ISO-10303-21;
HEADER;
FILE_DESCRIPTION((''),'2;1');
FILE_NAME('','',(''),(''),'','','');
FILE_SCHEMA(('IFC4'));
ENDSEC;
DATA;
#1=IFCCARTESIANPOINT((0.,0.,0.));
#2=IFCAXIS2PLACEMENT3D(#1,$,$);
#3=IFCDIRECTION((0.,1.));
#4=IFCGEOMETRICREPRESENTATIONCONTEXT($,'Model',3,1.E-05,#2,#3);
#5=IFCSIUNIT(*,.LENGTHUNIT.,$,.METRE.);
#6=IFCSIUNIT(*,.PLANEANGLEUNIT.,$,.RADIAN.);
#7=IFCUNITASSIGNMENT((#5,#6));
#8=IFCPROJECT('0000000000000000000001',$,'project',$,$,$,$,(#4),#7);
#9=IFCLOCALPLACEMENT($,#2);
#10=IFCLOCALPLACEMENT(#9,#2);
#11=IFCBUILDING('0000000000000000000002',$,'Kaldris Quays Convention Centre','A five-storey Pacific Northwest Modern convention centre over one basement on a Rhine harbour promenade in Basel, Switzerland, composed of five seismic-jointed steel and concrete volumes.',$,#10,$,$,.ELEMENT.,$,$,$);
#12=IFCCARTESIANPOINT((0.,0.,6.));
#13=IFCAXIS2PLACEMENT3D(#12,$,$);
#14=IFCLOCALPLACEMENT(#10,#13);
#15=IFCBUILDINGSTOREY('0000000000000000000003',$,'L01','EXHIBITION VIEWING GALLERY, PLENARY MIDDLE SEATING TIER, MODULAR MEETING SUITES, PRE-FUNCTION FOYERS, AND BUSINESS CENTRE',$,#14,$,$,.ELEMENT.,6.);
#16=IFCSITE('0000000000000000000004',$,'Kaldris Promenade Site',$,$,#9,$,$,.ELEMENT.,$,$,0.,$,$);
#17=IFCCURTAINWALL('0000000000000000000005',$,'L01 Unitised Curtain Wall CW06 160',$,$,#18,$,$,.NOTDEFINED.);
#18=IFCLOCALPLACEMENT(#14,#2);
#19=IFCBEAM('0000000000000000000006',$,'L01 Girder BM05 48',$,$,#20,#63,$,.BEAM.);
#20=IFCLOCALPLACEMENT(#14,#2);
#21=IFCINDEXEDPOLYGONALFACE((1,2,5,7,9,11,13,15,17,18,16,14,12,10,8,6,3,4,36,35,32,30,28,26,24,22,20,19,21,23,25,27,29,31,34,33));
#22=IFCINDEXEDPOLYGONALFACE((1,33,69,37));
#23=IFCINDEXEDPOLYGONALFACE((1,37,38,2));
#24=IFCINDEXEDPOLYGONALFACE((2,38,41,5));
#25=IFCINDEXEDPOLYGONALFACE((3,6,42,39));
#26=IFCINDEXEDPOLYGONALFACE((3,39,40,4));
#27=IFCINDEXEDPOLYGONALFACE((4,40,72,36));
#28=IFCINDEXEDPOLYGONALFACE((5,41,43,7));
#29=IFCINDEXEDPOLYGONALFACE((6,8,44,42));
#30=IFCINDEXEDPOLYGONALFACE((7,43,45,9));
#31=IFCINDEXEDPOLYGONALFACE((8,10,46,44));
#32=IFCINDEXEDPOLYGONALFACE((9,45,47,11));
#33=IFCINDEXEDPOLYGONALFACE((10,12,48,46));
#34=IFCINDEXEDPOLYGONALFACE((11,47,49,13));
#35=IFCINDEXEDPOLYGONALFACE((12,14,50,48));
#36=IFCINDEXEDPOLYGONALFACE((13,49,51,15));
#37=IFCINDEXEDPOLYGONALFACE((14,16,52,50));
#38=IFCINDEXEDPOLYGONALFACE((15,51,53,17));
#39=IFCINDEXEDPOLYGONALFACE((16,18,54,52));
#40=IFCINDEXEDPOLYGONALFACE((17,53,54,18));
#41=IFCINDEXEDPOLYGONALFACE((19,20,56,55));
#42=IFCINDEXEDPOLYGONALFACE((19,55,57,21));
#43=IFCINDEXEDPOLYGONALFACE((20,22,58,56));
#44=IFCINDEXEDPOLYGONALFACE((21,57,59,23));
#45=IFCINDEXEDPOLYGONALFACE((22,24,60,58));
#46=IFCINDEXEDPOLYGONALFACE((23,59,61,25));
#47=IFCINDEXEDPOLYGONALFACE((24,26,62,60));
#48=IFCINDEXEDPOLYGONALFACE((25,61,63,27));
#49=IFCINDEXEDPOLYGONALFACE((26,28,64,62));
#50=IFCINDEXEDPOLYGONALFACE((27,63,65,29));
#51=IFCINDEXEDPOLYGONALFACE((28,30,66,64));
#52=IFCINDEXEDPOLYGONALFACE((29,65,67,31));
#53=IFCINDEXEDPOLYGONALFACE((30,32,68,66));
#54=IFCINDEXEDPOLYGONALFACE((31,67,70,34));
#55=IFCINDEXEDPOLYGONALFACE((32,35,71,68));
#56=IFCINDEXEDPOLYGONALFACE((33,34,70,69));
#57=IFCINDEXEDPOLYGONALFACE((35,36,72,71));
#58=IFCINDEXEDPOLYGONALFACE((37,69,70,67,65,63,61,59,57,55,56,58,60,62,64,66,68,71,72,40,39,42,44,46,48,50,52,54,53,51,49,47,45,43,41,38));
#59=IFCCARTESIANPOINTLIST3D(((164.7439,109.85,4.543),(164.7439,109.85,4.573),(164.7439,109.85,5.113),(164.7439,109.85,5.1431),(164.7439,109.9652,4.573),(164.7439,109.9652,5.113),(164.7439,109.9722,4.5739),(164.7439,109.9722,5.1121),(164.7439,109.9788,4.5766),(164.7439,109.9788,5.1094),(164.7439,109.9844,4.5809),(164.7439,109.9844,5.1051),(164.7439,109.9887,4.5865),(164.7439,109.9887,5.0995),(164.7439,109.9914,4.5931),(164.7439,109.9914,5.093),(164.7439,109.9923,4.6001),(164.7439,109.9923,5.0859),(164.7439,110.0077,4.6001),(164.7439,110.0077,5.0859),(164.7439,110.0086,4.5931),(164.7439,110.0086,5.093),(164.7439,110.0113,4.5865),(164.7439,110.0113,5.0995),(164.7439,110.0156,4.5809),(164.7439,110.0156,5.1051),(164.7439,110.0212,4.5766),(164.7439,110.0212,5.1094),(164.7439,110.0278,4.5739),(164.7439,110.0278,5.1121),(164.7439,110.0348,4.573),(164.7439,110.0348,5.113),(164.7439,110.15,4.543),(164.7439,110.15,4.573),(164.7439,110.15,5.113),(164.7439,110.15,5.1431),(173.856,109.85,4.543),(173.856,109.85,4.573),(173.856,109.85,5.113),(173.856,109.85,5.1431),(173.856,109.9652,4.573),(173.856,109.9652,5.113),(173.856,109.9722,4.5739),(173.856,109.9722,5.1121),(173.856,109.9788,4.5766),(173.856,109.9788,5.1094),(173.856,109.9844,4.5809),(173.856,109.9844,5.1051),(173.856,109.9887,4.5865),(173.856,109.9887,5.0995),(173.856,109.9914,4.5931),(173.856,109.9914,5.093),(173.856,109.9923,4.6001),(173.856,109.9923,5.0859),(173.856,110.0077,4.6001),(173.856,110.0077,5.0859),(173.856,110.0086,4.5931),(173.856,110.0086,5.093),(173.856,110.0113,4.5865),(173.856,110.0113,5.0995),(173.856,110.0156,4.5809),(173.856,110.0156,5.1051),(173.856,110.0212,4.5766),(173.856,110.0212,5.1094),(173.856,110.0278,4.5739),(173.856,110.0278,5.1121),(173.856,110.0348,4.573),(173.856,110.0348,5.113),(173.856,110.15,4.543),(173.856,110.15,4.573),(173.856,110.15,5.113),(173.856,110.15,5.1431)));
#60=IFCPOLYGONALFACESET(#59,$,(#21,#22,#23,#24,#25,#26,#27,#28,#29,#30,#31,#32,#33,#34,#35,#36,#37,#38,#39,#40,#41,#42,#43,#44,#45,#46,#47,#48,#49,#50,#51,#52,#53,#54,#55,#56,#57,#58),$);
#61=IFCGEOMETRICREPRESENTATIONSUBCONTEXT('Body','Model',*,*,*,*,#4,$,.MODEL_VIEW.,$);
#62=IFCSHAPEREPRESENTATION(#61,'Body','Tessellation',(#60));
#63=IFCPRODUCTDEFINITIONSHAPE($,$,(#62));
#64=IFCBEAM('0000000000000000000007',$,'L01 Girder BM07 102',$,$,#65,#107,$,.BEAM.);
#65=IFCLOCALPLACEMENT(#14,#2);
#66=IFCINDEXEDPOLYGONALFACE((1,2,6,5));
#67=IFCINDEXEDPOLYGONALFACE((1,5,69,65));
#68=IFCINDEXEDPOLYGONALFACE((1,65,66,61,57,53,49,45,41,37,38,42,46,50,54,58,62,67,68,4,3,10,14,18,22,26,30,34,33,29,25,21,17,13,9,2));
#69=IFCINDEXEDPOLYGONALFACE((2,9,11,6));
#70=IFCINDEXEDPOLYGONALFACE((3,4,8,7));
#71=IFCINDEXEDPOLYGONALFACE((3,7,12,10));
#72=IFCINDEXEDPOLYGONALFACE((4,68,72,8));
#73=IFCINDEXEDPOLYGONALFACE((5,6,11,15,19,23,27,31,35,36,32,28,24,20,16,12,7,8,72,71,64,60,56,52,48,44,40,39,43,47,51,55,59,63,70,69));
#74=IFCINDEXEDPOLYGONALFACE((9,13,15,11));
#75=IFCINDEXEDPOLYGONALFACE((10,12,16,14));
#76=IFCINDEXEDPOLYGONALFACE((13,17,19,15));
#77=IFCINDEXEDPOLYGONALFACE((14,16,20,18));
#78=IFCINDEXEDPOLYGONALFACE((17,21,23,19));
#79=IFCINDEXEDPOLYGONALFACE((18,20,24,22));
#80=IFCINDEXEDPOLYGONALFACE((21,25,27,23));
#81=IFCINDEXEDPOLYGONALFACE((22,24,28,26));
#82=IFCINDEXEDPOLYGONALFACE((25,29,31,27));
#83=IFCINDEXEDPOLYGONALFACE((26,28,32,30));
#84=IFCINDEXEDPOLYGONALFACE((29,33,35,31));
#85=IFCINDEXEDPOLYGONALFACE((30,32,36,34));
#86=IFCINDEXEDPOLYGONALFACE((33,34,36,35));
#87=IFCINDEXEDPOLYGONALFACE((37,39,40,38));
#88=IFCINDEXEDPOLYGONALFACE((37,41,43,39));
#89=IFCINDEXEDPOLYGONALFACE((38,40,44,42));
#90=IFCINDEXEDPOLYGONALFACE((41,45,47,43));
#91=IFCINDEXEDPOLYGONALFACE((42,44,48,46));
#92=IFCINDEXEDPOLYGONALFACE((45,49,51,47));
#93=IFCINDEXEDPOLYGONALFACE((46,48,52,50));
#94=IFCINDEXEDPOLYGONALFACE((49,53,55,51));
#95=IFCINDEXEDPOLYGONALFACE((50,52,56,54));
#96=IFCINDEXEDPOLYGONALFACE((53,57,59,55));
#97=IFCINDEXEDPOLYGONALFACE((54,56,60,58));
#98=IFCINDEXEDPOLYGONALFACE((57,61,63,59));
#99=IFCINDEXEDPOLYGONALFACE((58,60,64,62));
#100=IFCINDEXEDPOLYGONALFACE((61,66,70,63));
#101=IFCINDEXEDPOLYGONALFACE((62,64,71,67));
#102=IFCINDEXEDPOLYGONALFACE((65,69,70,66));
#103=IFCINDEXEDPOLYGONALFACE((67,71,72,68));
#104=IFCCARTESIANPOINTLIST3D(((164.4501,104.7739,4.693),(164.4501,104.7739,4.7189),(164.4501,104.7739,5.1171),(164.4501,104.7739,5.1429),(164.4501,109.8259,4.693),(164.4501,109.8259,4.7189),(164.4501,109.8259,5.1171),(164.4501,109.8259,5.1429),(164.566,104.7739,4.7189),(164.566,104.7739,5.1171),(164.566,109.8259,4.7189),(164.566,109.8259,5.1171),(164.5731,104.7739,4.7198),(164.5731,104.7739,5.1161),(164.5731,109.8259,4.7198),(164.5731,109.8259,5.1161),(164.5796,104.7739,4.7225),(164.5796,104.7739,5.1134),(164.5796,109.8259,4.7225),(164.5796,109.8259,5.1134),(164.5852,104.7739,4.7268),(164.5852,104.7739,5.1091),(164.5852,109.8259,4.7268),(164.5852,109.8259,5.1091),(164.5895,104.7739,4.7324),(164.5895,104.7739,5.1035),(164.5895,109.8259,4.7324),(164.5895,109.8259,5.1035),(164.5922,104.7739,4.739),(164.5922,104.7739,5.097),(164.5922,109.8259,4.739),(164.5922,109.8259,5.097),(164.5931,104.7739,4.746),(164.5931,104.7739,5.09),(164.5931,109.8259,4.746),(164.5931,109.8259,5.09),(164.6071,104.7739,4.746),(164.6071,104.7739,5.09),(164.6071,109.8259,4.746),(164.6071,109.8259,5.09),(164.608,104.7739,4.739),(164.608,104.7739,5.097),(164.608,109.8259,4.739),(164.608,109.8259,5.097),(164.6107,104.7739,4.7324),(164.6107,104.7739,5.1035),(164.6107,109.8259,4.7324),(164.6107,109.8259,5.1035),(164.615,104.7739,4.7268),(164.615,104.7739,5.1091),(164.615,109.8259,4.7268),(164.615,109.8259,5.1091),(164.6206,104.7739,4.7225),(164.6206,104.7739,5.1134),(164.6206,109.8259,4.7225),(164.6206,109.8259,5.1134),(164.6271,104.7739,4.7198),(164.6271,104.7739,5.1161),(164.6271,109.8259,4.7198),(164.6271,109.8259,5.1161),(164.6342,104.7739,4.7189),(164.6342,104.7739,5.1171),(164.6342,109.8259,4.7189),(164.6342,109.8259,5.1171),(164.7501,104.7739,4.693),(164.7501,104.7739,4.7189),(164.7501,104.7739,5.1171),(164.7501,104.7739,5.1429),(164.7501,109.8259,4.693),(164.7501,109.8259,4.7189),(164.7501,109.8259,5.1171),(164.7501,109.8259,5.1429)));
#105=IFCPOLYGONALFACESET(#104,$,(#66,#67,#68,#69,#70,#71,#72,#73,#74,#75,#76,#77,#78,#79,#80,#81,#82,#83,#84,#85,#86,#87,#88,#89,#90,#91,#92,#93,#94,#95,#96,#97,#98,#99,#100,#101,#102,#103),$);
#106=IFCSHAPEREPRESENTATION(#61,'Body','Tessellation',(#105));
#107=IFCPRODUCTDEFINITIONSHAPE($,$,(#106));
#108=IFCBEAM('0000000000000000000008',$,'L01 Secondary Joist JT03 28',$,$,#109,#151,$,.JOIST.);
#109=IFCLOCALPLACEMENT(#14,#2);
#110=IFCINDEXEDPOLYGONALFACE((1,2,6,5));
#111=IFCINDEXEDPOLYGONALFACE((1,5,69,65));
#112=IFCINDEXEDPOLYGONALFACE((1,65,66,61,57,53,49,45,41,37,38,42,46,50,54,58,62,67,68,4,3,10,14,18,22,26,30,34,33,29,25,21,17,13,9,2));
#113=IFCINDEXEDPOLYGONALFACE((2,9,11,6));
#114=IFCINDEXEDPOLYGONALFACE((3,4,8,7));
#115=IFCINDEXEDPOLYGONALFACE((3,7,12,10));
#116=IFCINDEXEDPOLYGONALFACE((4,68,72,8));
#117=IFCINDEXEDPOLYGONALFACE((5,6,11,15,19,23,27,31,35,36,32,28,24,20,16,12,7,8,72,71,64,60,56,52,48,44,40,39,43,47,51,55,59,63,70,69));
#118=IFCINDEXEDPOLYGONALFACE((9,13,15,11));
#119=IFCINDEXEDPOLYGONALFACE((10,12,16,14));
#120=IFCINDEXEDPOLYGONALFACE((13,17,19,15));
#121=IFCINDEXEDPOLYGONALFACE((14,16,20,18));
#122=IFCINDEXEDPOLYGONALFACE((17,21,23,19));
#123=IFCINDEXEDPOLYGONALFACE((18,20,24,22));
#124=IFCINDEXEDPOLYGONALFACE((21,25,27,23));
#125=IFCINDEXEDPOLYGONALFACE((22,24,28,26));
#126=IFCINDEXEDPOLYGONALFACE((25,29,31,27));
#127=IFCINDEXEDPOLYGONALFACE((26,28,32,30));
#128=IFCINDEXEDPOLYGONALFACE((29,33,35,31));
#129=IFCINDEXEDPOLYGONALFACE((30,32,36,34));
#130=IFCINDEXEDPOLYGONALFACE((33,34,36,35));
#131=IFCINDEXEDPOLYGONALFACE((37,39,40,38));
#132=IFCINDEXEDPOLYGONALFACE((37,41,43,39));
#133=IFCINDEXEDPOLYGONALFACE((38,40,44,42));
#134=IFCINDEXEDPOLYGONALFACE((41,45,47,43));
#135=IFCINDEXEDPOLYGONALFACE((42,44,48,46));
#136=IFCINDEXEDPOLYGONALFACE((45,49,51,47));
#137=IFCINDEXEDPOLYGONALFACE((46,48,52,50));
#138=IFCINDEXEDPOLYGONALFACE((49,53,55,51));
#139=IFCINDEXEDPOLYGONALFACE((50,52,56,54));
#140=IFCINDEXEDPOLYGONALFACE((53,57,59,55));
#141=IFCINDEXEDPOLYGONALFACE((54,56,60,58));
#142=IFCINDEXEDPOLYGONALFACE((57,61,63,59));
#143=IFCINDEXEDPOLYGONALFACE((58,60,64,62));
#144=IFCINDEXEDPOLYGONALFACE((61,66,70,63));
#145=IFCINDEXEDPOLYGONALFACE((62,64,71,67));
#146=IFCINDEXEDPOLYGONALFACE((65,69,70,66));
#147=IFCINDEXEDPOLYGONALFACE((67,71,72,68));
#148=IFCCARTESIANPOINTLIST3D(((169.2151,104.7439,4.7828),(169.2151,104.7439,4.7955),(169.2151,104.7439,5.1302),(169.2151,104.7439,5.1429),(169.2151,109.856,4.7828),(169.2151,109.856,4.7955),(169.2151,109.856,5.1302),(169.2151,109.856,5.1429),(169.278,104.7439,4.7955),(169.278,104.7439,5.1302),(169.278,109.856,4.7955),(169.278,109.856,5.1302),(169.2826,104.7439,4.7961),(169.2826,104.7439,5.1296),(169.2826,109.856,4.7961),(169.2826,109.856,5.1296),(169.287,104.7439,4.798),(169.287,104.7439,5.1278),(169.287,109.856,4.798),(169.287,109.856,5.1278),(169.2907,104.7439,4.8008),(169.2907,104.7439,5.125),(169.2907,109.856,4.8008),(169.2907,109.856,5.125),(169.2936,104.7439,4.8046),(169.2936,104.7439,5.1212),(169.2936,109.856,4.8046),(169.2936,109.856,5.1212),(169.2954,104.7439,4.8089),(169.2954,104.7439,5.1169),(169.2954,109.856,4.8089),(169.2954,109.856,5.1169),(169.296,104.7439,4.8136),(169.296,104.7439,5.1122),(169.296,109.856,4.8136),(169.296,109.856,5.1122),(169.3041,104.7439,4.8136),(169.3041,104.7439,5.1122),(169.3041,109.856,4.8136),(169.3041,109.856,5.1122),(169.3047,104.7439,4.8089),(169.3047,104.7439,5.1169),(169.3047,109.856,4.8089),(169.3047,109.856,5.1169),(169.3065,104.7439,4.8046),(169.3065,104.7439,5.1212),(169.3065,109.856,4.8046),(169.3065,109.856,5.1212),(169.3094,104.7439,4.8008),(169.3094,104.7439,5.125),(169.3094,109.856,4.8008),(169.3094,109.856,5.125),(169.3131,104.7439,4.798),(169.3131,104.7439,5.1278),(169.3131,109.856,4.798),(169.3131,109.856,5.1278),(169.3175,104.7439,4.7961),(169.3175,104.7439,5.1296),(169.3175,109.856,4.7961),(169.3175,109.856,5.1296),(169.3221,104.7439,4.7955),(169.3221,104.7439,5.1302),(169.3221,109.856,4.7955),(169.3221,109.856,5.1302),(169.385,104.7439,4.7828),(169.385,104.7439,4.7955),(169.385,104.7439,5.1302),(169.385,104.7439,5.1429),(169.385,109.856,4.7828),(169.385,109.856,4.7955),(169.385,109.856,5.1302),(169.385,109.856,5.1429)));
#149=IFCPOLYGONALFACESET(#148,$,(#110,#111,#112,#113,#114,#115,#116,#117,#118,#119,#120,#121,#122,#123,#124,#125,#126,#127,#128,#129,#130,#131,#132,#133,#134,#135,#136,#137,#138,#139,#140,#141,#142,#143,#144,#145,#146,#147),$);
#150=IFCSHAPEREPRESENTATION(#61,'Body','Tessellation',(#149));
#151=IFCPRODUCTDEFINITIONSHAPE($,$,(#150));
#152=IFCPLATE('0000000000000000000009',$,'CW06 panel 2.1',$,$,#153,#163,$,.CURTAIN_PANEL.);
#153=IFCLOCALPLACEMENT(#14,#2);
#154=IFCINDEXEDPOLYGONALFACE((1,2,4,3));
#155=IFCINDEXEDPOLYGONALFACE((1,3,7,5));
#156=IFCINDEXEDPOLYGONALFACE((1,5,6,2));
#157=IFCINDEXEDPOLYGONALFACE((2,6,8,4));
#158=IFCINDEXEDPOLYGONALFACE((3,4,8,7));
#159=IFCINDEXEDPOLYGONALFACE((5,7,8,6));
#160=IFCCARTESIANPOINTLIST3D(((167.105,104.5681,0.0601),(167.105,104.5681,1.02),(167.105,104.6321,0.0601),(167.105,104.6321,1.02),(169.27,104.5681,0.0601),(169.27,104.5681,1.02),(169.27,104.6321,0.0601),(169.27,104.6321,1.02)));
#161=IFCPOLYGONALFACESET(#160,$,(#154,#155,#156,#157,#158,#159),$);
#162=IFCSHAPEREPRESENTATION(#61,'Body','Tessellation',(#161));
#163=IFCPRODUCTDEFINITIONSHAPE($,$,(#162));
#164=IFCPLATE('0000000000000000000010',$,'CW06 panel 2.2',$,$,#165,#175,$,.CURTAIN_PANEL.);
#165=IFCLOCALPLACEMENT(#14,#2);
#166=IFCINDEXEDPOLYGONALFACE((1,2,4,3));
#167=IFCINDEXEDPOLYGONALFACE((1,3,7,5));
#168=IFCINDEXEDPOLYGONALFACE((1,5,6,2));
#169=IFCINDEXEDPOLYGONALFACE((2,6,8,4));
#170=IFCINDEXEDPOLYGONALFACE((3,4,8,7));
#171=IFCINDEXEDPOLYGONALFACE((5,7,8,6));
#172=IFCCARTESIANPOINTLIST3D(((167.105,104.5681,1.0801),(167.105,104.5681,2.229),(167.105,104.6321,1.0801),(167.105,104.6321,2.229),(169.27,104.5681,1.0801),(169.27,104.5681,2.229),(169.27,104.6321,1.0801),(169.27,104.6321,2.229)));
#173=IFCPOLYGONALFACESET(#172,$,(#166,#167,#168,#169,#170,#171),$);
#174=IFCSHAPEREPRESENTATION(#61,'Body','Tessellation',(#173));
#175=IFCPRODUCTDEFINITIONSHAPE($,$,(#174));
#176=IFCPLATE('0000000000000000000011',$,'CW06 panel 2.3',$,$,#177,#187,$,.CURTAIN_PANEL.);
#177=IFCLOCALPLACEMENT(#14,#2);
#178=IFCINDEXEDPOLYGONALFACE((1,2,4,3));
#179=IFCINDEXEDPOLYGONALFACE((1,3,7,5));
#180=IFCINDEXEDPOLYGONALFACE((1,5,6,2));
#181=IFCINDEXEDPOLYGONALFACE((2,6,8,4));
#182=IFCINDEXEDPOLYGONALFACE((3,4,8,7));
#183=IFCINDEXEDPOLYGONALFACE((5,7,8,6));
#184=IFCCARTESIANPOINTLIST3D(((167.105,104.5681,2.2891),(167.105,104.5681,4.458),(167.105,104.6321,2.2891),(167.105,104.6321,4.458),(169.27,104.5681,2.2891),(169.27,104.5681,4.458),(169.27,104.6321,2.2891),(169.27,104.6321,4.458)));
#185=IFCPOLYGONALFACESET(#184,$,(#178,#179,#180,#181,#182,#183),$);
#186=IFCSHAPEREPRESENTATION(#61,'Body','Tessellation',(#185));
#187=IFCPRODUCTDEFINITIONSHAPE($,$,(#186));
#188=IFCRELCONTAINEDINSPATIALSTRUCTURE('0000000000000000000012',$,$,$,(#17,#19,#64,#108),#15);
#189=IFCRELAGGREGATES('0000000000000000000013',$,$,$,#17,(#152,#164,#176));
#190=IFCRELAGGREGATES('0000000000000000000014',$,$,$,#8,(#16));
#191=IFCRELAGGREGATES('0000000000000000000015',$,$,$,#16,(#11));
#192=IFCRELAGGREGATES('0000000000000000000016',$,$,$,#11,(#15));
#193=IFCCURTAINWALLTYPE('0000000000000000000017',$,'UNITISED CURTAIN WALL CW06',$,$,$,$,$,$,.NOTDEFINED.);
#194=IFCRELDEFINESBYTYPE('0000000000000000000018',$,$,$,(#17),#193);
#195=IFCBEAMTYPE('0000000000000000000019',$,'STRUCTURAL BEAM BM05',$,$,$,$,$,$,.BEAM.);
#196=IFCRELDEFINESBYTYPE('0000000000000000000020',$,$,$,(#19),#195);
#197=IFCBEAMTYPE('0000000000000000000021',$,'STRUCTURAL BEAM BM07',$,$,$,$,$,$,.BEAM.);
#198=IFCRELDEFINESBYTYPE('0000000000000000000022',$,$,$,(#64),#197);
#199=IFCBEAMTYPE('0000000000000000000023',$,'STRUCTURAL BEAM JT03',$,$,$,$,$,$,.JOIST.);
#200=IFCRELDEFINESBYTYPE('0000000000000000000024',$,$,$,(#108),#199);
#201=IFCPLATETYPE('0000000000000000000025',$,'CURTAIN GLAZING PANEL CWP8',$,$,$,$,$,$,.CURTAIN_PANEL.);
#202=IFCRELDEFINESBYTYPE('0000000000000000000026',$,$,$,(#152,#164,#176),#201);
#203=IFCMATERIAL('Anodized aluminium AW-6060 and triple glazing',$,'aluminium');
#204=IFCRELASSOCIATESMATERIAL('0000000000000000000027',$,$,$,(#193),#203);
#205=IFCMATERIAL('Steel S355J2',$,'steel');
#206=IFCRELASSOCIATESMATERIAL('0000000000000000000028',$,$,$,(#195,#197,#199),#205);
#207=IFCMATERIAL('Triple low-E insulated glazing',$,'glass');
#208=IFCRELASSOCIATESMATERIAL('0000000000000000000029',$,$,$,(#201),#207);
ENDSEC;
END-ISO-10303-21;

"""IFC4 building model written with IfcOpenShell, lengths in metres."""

from ifc_helpers import new_model, si_unit, direction, frame, origin, origin_2d, place, context, subcontext, project, spatial, rectangle, i_section, extrude, material, material_profile, profile_set, type_object, element, aggregate, save


model = new_model("IFC4")

# Units and contexts
model_context = context("Model", 3, precision=1e-05, world=origin(), true_north=direction((0.0, 1.0)))
body_context = subcontext(model_context, "Body", "Model", "MODEL_VIEW")
ifc_project = project(units=[si_unit("LENGTHUNIT", "METRE"), si_unit("PLANEANGLEUNIT", "RADIAN")], contexts=[model_context])

# Site, building, storey
site_placement = place(None, origin())
site = spatial("IfcSite", under=ifc_project, at=site_placement, Name="Kaldris Promenade Site", CompositionType="ELEMENT", RefElevation=0.0)
building_placement = place(site_placement, origin())
building = spatial("IfcBuilding", under=site, at=building_placement, Name="Kaldris Quays Convention Centre", Description="A five-storey Pacific Northwest Modern convention centre over one basement on a Rhine harbour promenade in Basel, Switzerland, composed of five seismic-jointed steel and concrete volumes.", CompositionType="ELEMENT")
storey_placement = place(building_placement, frame((0.0, 0.0, 6.0)))
storey = spatial("IfcBuildingStorey", under=building, at=storey_placement, Name="L01", Description="EXHIBITION VIEWING GALLERY, PLENARY MIDDLE SEATING TIER, MODULAR MEETING SUITES, PRE-FUNCTION FOYERS, AND BUSINESS CENTRE", CompositionType="ELEMENT", Elevation=6.0)

# Shared definitions
ifc_material_1 = material(Name="Steel S355J2", Category="steel")

# Curtain wall
ifc_material_2 = material(Name="Anodized aluminium AW-6060 and triple glazing", Category="aluminium")
curtain_wall_type = type_object("IfcCurtainWallType", Name="UNITISED CURTAIN WALL CW06", PredefinedType="NOTDEFINED", material=ifc_material_2)
curtain_wall_placement = place(storey_placement, origin())
curtain_wall = element("IfcCurtainWall", 1, at=curtain_wall_placement, inside=storey, type_object=curtain_wall_type, Name="L01 Unitised Curtain Wall CW06 160", PredefinedType="NOTDEFINED")

# Beams
ifc_material_profile_1 = material_profile(ifc_material_1, i_section(OverallWidth=0.3, OverallDepth=0.6001, WebThickness=0.0154, FlangeThickness=0.03, FilletRadius=0.0271, at=origin_2d()), Name="HEB 600")
ifc_profile_set_1 = profile_set([ifc_material_profile_1], Name="Steel S355J2")
beam_type_1 = type_object("IfcBeamType", Name="STRUCTURAL BEAM BM05", PredefinedType="BEAM", material=ifc_profile_set_1)
beam_1_placement = place(storey_placement, frame((164.7439, 110.0, 4.843), z_axis=(1.0, 0.0, 0.0), x_axis=(0.0, 1.0, 0.0)))
element("IfcBeam", 2, at=beam_1_placement, inside=storey, type_object=beam_type_1, Name="L01 Girder BM05 48", PredefinedType="BEAM", context=body_context, shape_type="SweptSolid", body=[
    extrude(i_section(OverallWidth=0.3, OverallDepth=0.6001, WebThickness=0.0154, FlangeThickness=0.03, FilletRadius=0.0271, at=origin_2d()), origin(), (0.0, 0.0, 1.0), 9.1121),
])
ifc_material_profile_2 = material_profile(ifc_material_1, i_section(OverallWidth=0.3, OverallDepth=0.45, WebThickness=0.0139, FlangeThickness=0.0259, FilletRadius=0.0271, at=origin_2d()), Name="HEB 450")
ifc_profile_set_2 = profile_set([ifc_material_profile_2], Name="Steel S355J2")
beam_type_2 = type_object("IfcBeamType", Name="STRUCTURAL BEAM BM07", PredefinedType="BEAM", material=ifc_profile_set_2)
beam_2_placement = place(storey_placement, frame((164.6001, 104.7739, 4.918), z_axis=(0.0, 1.0, 0.0), x_axis=(-1.0, 0.0, 0.0)))
element("IfcBeam", 3, at=beam_2_placement, inside=storey, type_object=beam_type_2, Name="L01 Girder BM07 102", PredefinedType="BEAM", context=body_context, shape_type="SweptSolid", body=[
    extrude(i_section(OverallWidth=0.3, OverallDepth=0.45, WebThickness=0.0139, FlangeThickness=0.0259, FilletRadius=0.0271, at=origin_2d()), origin(), (0.0, 0.0, 1.0), 5.052),
])
ifc_material_profile_3 = material_profile(ifc_material_1, i_section(OverallWidth=0.1699, OverallDepth=0.3601, WebThickness=0.0081, FlangeThickness=0.0127, FilletRadius=0.0181, at=origin_2d()), Name="IPE 360")
ifc_profile_set_3 = profile_set([ifc_material_profile_3], Name="Steel S355J2")
beam_type_3 = type_object("IfcBeamType", Name="STRUCTURAL BEAM JT03", PredefinedType="JOIST", material=ifc_profile_set_3)
beam_3_placement = place(storey_placement, frame((169.3, 104.7439, 4.9629), z_axis=(0.0, 1.0, 0.0), x_axis=(-1.0, 0.0, 0.0)))
element("IfcBeam", 4, at=beam_3_placement, inside=storey, type_object=beam_type_3, Name="L01 Secondary Joist JT03 28", PredefinedType="JOIST", context=body_context, shape_type="SweptSolid", body=[
    extrude(i_section(OverallWidth=0.1699, OverallDepth=0.3601, WebThickness=0.0081, FlangeThickness=0.0127, FilletRadius=0.0181, at=origin_2d()), origin(), (0.0, 0.0, 1.0), 5.1121),
])

# Plates
ifc_material_3 = material(Name="Triple low-E insulated glazing", Category="glass")
plate_type = type_object("IfcPlateType", Name="CURTAIN GLAZING PANEL CWP8", PredefinedType="CURTAIN_PANEL", material=ifc_material_3)
plate_1_placement = place(storey_placement, frame((168.1875, 104.6001, 0.0601), z_axis=(0.0, 0.0, 1.0), x_axis=(1.0, 0.0, 0.0)))
plate_1 = element("IfcPlate", 5, at=plate_1_placement, type_object=plate_type, Name="CW06 panel 2.1", PredefinedType="CURTAIN_PANEL", context=body_context, shape_type="SweptSolid", body=[
    extrude(rectangle(XDim=2.165, YDim=0.064, at=origin_2d()), origin(), (0.0, 0.0, 1.0), 0.96),
])
plate_2_placement = place(storey_placement, frame((168.1875, 104.6001, 1.0801), z_axis=(0.0, 0.0, 1.0), x_axis=(1.0, 0.0, 0.0)))
plate_2 = element("IfcPlate", 6, at=plate_2_placement, type_object=plate_type, Name="CW06 panel 2.2", PredefinedType="CURTAIN_PANEL", context=body_context, shape_type="SweptSolid", body=[
    extrude(rectangle(XDim=2.165, YDim=0.064, at=origin_2d()), origin(), (0.0, 0.0, 1.0), 1.1489),
])
plate_3_placement = place(storey_placement, frame((168.1875, 104.6001, 2.2891), z_axis=(0.0, 0.0, 1.0), x_axis=(1.0, 0.0, 0.0)))
plate_3 = element("IfcPlate", 7, at=plate_3_placement, type_object=plate_type, Name="CW06 panel 2.3", PredefinedType="CURTAIN_PANEL", context=body_context, shape_type="SweptSolid", body=[
    extrude(rectangle(XDim=2.165, YDim=0.064, at=origin_2d()), origin(), (0.0, 0.0, 1.0), 2.1689),
])
aggregate(curtain_wall, [plate_1, plate_2, plate_3])

save(model, "model.ifc")
